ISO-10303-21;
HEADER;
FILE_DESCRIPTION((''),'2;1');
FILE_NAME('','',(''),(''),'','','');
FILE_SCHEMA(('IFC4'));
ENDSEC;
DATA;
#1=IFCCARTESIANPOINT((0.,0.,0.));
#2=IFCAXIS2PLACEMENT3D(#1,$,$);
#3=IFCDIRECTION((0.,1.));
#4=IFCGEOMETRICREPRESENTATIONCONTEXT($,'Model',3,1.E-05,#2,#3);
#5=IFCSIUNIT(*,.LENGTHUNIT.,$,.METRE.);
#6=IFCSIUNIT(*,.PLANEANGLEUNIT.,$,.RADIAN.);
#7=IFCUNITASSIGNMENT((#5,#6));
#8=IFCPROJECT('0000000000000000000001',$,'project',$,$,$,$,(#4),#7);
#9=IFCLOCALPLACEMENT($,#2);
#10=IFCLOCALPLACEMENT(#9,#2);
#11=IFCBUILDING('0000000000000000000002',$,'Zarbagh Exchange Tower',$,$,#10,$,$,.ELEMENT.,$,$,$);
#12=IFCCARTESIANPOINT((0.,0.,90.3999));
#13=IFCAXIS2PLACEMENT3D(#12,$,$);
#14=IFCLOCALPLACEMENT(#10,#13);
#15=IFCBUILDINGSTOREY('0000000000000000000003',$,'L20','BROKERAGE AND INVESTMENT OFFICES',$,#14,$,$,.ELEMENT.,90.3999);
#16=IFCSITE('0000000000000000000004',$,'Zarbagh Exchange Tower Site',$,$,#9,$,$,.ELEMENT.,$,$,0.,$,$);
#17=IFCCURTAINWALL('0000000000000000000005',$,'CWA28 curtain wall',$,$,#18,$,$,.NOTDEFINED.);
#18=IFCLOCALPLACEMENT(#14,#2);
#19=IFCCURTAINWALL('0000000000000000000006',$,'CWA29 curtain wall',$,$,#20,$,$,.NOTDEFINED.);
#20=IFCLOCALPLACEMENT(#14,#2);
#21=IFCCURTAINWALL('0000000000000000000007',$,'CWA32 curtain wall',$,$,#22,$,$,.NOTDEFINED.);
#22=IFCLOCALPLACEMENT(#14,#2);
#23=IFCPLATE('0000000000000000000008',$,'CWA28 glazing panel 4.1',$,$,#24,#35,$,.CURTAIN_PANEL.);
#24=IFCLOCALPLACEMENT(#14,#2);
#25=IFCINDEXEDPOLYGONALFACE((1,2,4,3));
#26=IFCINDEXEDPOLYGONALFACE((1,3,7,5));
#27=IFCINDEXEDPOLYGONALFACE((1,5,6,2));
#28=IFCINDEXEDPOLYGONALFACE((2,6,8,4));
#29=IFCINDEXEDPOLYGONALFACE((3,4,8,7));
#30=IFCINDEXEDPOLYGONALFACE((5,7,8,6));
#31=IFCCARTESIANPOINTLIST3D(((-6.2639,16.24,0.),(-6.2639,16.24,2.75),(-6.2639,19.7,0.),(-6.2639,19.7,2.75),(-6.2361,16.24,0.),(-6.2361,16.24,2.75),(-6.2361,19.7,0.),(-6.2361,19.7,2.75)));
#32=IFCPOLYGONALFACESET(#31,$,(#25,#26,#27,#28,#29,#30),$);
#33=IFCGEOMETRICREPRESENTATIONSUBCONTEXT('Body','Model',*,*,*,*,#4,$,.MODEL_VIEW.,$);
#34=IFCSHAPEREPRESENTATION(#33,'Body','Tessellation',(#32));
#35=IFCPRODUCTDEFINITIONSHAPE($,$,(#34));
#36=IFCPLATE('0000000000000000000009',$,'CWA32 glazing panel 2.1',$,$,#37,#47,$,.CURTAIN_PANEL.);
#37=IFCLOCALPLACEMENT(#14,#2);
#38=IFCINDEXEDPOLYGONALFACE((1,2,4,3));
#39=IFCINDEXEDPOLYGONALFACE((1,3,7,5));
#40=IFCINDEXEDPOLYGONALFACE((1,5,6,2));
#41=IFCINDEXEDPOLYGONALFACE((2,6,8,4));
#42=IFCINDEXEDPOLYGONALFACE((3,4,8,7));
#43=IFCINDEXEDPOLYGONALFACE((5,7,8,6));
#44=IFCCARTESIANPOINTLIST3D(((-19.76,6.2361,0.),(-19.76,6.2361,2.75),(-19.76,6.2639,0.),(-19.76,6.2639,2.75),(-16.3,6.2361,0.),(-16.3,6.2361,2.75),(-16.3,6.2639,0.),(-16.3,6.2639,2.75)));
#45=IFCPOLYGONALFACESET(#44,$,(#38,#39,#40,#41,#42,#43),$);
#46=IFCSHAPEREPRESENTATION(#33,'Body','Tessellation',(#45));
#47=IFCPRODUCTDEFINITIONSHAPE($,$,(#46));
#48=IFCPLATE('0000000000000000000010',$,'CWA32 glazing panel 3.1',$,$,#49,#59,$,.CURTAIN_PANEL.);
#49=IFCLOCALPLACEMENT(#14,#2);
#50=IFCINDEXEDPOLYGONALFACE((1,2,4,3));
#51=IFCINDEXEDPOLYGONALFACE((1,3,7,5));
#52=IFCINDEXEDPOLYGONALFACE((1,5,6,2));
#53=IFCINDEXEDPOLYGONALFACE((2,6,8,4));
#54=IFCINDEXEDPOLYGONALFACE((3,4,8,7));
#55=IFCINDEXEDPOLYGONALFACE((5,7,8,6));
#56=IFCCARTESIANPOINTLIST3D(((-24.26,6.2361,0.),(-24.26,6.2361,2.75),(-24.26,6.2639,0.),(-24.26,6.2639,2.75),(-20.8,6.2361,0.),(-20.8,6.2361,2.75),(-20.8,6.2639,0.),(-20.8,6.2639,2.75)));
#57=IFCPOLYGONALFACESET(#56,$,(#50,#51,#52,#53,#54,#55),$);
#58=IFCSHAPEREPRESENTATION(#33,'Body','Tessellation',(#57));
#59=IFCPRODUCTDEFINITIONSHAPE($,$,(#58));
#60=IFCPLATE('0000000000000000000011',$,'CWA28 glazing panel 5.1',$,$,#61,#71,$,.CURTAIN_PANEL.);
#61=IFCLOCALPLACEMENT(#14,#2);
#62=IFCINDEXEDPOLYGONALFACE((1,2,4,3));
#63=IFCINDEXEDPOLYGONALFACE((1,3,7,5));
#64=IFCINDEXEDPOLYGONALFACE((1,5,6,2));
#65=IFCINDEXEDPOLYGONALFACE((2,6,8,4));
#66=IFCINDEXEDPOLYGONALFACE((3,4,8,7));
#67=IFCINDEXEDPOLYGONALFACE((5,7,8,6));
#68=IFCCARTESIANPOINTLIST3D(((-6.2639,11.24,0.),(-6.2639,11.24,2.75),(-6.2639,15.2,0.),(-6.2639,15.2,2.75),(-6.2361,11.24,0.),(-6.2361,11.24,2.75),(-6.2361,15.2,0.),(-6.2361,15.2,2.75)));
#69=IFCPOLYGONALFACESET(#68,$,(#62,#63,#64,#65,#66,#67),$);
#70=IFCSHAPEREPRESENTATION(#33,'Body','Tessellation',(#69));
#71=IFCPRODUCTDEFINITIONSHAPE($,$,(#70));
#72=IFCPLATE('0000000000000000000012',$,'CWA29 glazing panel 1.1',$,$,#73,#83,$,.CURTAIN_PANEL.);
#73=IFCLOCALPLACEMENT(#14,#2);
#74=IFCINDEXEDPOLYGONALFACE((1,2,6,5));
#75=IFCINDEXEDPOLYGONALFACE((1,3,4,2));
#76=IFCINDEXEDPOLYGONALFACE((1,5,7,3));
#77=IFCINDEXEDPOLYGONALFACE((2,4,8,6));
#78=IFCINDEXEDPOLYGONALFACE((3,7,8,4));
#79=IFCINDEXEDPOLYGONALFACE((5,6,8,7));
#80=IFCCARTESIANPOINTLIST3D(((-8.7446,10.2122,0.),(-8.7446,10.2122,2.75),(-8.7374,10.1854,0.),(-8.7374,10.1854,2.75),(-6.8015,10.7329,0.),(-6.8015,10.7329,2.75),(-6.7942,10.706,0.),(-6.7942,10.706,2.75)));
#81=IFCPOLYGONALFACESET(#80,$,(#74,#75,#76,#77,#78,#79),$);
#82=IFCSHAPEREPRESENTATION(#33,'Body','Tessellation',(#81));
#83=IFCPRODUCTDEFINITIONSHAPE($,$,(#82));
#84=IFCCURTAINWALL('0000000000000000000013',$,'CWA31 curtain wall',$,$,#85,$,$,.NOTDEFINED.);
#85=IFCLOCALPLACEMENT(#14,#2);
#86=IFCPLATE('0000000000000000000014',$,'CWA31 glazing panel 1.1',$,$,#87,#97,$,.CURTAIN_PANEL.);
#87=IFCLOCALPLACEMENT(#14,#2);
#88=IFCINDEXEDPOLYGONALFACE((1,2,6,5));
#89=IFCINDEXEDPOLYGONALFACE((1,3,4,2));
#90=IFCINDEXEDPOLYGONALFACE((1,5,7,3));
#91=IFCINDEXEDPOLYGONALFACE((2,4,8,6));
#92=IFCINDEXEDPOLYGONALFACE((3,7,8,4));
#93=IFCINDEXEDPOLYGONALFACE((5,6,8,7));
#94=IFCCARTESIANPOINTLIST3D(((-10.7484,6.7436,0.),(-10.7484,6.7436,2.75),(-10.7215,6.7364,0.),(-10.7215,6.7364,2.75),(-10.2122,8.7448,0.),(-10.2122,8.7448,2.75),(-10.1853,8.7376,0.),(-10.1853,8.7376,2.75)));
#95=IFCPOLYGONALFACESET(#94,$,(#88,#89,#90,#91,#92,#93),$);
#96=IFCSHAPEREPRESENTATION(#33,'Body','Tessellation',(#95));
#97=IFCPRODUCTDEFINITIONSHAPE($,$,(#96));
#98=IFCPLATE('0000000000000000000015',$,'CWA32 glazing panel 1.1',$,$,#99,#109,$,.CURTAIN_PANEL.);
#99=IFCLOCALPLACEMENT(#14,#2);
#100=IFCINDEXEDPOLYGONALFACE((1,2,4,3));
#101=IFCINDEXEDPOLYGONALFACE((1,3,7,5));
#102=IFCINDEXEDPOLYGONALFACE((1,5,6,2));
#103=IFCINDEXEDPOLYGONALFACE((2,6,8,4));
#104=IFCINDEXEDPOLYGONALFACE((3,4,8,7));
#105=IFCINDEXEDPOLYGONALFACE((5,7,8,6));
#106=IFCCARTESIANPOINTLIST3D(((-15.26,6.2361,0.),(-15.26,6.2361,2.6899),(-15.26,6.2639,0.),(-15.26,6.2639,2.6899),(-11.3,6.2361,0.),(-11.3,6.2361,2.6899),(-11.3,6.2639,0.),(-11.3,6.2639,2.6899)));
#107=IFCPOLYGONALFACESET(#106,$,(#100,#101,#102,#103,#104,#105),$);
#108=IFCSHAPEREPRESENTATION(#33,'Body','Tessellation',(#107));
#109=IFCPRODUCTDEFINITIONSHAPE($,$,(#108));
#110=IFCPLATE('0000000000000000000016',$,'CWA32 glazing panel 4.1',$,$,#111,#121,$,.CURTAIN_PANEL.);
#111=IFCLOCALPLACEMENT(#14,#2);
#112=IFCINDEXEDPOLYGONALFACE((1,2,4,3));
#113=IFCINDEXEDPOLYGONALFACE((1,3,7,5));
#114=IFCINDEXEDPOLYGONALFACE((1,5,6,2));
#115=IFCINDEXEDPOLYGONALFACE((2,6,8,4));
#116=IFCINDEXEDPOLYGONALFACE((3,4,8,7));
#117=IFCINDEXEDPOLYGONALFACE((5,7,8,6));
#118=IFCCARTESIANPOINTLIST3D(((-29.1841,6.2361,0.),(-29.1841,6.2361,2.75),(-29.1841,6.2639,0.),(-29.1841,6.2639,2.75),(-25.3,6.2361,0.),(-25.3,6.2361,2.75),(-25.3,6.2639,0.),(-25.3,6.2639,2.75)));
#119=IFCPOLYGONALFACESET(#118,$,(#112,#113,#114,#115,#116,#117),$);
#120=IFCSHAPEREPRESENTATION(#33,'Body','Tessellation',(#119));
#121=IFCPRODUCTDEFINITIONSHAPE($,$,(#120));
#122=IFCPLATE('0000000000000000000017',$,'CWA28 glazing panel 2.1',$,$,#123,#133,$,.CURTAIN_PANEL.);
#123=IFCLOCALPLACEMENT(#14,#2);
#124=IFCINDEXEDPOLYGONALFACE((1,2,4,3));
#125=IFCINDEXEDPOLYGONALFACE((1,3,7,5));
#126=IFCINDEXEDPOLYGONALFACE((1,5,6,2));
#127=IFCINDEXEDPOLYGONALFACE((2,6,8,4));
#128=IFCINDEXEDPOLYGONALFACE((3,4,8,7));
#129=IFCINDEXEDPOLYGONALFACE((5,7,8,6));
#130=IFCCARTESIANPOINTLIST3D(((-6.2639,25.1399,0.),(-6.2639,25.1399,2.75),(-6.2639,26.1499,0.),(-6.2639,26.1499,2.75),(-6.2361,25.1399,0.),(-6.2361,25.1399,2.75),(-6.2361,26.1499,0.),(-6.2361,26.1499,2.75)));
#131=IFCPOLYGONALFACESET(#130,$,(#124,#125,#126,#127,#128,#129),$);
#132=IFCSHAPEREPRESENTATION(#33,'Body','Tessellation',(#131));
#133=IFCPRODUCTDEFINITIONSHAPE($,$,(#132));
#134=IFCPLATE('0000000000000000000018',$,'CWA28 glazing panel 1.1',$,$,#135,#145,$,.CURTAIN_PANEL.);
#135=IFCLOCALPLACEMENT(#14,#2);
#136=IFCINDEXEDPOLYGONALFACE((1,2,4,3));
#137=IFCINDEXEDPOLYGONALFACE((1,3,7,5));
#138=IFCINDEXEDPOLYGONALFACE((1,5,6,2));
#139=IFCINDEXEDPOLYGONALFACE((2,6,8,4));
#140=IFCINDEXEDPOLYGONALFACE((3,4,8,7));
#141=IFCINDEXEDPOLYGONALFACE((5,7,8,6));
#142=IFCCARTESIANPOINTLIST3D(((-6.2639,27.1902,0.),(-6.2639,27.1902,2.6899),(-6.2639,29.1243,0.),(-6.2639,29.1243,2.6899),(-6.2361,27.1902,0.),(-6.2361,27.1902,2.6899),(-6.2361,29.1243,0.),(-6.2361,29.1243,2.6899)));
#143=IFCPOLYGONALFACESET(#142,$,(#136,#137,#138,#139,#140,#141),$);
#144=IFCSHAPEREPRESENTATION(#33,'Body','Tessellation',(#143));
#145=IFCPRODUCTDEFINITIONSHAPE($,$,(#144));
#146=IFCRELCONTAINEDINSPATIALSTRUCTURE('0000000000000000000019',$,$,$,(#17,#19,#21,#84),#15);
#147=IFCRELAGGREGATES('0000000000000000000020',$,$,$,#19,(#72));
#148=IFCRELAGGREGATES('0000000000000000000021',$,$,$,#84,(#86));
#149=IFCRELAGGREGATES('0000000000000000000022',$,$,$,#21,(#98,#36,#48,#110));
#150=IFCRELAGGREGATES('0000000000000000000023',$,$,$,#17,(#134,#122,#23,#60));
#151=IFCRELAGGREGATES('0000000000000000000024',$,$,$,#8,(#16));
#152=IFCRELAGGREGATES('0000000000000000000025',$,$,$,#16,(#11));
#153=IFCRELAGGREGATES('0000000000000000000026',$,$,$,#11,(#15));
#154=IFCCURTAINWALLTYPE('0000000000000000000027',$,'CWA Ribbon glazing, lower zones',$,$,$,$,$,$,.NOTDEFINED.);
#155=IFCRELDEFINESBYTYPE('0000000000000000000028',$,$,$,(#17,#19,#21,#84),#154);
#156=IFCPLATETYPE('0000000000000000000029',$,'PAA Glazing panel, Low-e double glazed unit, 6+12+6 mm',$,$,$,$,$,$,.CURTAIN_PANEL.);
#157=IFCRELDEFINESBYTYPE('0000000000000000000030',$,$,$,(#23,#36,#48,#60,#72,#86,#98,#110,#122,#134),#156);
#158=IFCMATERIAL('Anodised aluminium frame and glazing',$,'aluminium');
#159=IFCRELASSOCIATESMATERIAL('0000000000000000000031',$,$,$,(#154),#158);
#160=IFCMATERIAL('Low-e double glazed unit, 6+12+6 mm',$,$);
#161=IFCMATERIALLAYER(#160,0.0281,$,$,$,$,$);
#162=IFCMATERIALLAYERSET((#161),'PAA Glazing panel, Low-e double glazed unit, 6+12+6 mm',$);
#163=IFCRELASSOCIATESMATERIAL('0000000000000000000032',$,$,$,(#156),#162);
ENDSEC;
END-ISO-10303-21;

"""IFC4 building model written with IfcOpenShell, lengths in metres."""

from ifc_helpers import new_model, si_unit, direction, frame, origin, place, context, subcontext, project, spatial, polyline, outline, extrude, source, transform, mapped, material, layer, layer_set, type_object, element, aggregate, save


model = new_model("IFC4")

# Units and contexts
model_context = context("Model", 3, precision=1e-05, world=origin(), true_north=direction((0.0, 1.0)))
body_context = subcontext(model_context, "Body", "Model", "MODEL_VIEW")
ifc_project = project(units=[si_unit("LENGTHUNIT", "METRE"), si_unit("PLANEANGLEUNIT", "RADIAN")], contexts=[model_context])

# Site, building, storey
site_placement = place(None, origin())
site = spatial("IfcSite", under=ifc_project, at=site_placement, Name="Zarbagh Exchange Tower Site", CompositionType="ELEMENT", RefElevation=0.0)
building_placement = place(site_placement, origin())
building = spatial("IfcBuilding", under=site, at=building_placement, Name="Zarbagh Exchange Tower", CompositionType="ELEMENT")
storey_placement = place(building_placement, frame((0.0, 0.0, 90.3999)))
storey = spatial("IfcBuildingStorey", under=building, at=storey_placement, Name="L20", Description="BROKERAGE AND INVESTMENT OFFICES", CompositionType="ELEMENT", Elevation=90.3999)

# Curtain wall
ifc_material_1 = material(Name="Anodised aluminium frame and glazing", Category="aluminium")
curtain_wall_type = type_object("IfcCurtainWallType", Name="CWA Ribbon glazing, lower zones", PredefinedType="NOTDEFINED", material=ifc_material_1)
curtain_wall_1_placement = place(storey_placement, origin())
curtain_wall_1 = element("IfcCurtainWall", 1, at=curtain_wall_1_placement, inside=storey, type_object=curtain_wall_type, Name="CWA28 curtain wall", PredefinedType="NOTDEFINED")
placement = place(storey_placement, origin())

# Curtain wall
curtain_wall_2_placement = place(storey_placement, origin())
curtain_wall_2 = element("IfcCurtainWall", 2, at=curtain_wall_2_placement, inside=storey, type_object=curtain_wall_type, Name="CWA29 curtain wall", PredefinedType="NOTDEFINED")

# Curtain wall
curtain_wall_3_placement = place(storey_placement, origin())
curtain_wall_3 = element("IfcCurtainWall", 3, at=curtain_wall_3_placement, inside=storey, type_object=curtain_wall_type, Name="CWA32 curtain wall", PredefinedType="NOTDEFINED")

# Shared definitions
ifc_material_2 = material(Name="Low-e double glazed unit, 6+12+6 mm")
ifc_layer = layer(ifc_material_2, 0.0281)
ifc_layer_set = layer_set([ifc_layer], Name="PAA Glazing panel, Low-e double glazed unit, 6+12+6 mm")
plate_type = type_object("IfcPlateType", Name="PAA Glazing panel, Low-e double glazed unit, 6+12+6 mm", PredefinedType="CURTAIN_PANEL", material=ifc_layer_set)

# Plates
shared_shape_1 = source(origin(), body_context, "Body", "SweptSolid", [
    extrude(outline(polyline([(0.0, -0.0139), (3.46, -0.0139), (3.46, 0.0139), (0.0, 0.0139), (0.0, -0.0139)])), origin(), (0.0, 0.0, 1.0), 2.75),
])
plate_1 = element("IfcPlate", 4, at=placement, type_object=plate_type, Name="CWA28 glazing panel 4.1", PredefinedType="CURTAIN_PANEL", context=body_context, shape_type="MappedRepresentation", body=[
    mapped(shared_shape_1, transform((-6.25, 19.7, 0.0), x_axis=(0.0, -1.0, 0.0), y_axis=(1.0, 0.0, 0.0), z_axis=(0.0, 0.0, 1.0))),
])
plate_2 = element("IfcPlate", 5, at=placement, type_object=plate_type, Name="CWA32 glazing panel 2.1", PredefinedType="CURTAIN_PANEL", context=body_context, shape_type="MappedRepresentation", body=[
    mapped(shared_shape_1, transform((-16.3, 6.25, 0.0), x_axis=(-1.0, 0.0, 0.0), y_axis=(0.0, -1.0, 0.0), z_axis=(0.0, 0.0, 1.0))),
])
plate_3 = element("IfcPlate", 6, at=placement, type_object=plate_type, Name="CWA32 glazing panel 3.1", PredefinedType="CURTAIN_PANEL", context=body_context, shape_type="MappedRepresentation", body=[
    mapped(shared_shape_1, transform((-20.8, 6.25, 0.0), x_axis=(-1.0, 0.0, 0.0), y_axis=(0.0, -1.0, 0.0), z_axis=(0.0, 0.0, 1.0))),
])
shared_shape_2 = source(origin(), body_context, "Body", "SweptSolid", [
    extrude(outline(polyline([(0.0, -0.0139), (3.96, -0.0139), (3.96, 0.0139), (0.0, 0.0139), (0.0, -0.0139)])), origin(), (0.0, 0.0, 1.0), 2.75),
])
plate_4 = element("IfcPlate", 7, at=placement, type_object=plate_type, Name="CWA28 glazing panel 5.1", PredefinedType="CURTAIN_PANEL", context=body_context, shape_type="MappedRepresentation", body=[
    mapped(shared_shape_2, transform((-6.25, 15.2, 0.0), x_axis=(0.0, -1.0, 0.0), y_axis=(1.0, 0.0, 0.0), z_axis=(0.0, 0.0, 1.0))),
])
shared_shape_3 = source(origin(), body_context, "Body", "SweptSolid", [
    extrude(outline(polyline([(0.0, -0.0139), (2.0117, -0.0139), (2.0117, 0.0139), (0.0, 0.0139), (0.0, -0.0139)])), origin(), (0.0, 0.0, 1.0), 2.75),
])
plate_5 = element("IfcPlate", 8, at=placement, type_object=plate_type, Name="CWA29 glazing panel 1.1", PredefinedType="CURTAIN_PANEL", context=body_context, shape_type="MappedRepresentation", body=[
    mapped(shared_shape_3, transform((-6.7979, 10.7195, 0.0), x_axis=(-0.965924, -0.258825, 0.0), y_axis=(0.258825, -0.965924, 0.0), z_axis=(0.0, 0.0, 1.0))),
])
aggregate(curtain_wall_2, [plate_5])

# Curtain wall, plate
curtain_wall_4_placement = place(storey_placement, origin())
curtain_wall_4 = element("IfcCurtainWall", 9, at=curtain_wall_4_placement, inside=storey, type_object=curtain_wall_type, Name="CWA31 curtain wall", PredefinedType="NOTDEFINED")
shared_shape_4 = source(origin(), body_context, "Body", "SweptSolid", [
    extrude(outline(polyline([(0.0, -0.0139), (2.0718, -0.0139), (2.0718, 0.0139), (0.0, 0.0139), (0.0, -0.0139)])), origin(), (0.0, 0.0, 1.0), 2.75),
])
plate_6 = element("IfcPlate", 10, at=placement, type_object=plate_type, Name="CWA31 glazing panel 1.1", PredefinedType="CURTAIN_PANEL", context=body_context, shape_type="MappedRepresentation", body=[
    mapped(shared_shape_4, transform((-10.1987, 8.7412, 0.0), x_axis=(-0.258825, -0.965924, 0.0), y_axis=(0.965924, -0.258825, 0.0), z_axis=(0.0, 0.0, 1.0))),
])
aggregate(curtain_wall_4, [plate_6])

# Plates
shared_shape_5 = source(origin(), body_context, "Body", "SweptSolid", [
    extrude(outline(polyline([(0.0, -0.0139), (3.96, -0.0139), (3.96, 0.0139), (0.0, 0.0139), (0.0, -0.0139)])), origin(), (0.0, 0.0, 1.0), 2.6899),
])
plate_7 = element("IfcPlate", 11, at=placement, type_object=plate_type, Name="CWA32 glazing panel 1.1", PredefinedType="CURTAIN_PANEL", context=body_context, shape_type="MappedRepresentation", body=[
    mapped(shared_shape_5, transform((-11.3, 6.25, 0.0), x_axis=(-1.0, 0.0, 0.0), y_axis=(0.0, -1.0, 0.0), z_axis=(0.0, 0.0, 1.0))),
])
shared_shape_6 = source(origin(), body_context, "Body", "SweptSolid", [
    extrude(outline(polyline([(0.0, -0.0139), (3.884, -0.0139), (3.884, 0.0139), (0.0, 0.0139), (0.0, -0.0139)])), origin(), (0.0, 0.0, 1.0), 2.75),
])
plate_8 = element("IfcPlate", 12, at=placement, type_object=plate_type, Name="CWA32 glazing panel 4.1", PredefinedType="CURTAIN_PANEL", context=body_context, shape_type="MappedRepresentation", body=[
    mapped(shared_shape_6, transform((-25.3, 6.25, 0.0), x_axis=(-1.0, 0.0, 0.0), y_axis=(0.0, -1.0, 0.0), z_axis=(0.0, 0.0, 1.0))),
])
aggregate(curtain_wall_3, [plate_7, plate_2, plate_3, plate_8])
shared_shape_7 = source(origin(), body_context, "Body", "SweptSolid", [
    extrude(outline(polyline([(0.0, -0.0139), (1.01, -0.0139), (1.01, 0.0139), (0.0, 0.0139), (0.0, -0.0139)])), origin(), (0.0, 0.0, 1.0), 2.75),
])
plate_9 = element("IfcPlate", 13, at=placement, type_object=plate_type, Name="CWA28 glazing panel 2.1", PredefinedType="CURTAIN_PANEL", context=body_context, shape_type="MappedRepresentation", body=[
    mapped(shared_shape_7, transform((-6.25, 26.1499, 0.0), x_axis=(0.0, -1.0, 0.0), y_axis=(1.0, 0.0, 0.0), z_axis=(0.0, 0.0, 1.0))),
])
shared_shape_8 = source(origin(), body_context, "Body", "SweptSolid", [
    extrude(outline(polyline([(0.0, -0.0139), (1.9341, -0.0139), (1.9341, 0.0139), (0.0, 0.0139), (0.0, -0.0139)])), origin(), (0.0, 0.0, 1.0), 2.6899),
])
plate_10 = element("IfcPlate", 14, at=placement, type_object=plate_type, Name="CWA28 glazing panel 1.1", PredefinedType="CURTAIN_PANEL", context=body_context, shape_type="MappedRepresentation", body=[
    mapped(shared_shape_8, transform((-6.25, 29.1243, 0.0), x_axis=(0.0, -1.0, 0.0), y_axis=(1.0, 0.0, 0.0), z_axis=(0.0, 0.0, 1.0))),
])
aggregate(curtain_wall_1, [plate_10, plate_9, plate_1, plate_4])

save(model, "model.ifc")
